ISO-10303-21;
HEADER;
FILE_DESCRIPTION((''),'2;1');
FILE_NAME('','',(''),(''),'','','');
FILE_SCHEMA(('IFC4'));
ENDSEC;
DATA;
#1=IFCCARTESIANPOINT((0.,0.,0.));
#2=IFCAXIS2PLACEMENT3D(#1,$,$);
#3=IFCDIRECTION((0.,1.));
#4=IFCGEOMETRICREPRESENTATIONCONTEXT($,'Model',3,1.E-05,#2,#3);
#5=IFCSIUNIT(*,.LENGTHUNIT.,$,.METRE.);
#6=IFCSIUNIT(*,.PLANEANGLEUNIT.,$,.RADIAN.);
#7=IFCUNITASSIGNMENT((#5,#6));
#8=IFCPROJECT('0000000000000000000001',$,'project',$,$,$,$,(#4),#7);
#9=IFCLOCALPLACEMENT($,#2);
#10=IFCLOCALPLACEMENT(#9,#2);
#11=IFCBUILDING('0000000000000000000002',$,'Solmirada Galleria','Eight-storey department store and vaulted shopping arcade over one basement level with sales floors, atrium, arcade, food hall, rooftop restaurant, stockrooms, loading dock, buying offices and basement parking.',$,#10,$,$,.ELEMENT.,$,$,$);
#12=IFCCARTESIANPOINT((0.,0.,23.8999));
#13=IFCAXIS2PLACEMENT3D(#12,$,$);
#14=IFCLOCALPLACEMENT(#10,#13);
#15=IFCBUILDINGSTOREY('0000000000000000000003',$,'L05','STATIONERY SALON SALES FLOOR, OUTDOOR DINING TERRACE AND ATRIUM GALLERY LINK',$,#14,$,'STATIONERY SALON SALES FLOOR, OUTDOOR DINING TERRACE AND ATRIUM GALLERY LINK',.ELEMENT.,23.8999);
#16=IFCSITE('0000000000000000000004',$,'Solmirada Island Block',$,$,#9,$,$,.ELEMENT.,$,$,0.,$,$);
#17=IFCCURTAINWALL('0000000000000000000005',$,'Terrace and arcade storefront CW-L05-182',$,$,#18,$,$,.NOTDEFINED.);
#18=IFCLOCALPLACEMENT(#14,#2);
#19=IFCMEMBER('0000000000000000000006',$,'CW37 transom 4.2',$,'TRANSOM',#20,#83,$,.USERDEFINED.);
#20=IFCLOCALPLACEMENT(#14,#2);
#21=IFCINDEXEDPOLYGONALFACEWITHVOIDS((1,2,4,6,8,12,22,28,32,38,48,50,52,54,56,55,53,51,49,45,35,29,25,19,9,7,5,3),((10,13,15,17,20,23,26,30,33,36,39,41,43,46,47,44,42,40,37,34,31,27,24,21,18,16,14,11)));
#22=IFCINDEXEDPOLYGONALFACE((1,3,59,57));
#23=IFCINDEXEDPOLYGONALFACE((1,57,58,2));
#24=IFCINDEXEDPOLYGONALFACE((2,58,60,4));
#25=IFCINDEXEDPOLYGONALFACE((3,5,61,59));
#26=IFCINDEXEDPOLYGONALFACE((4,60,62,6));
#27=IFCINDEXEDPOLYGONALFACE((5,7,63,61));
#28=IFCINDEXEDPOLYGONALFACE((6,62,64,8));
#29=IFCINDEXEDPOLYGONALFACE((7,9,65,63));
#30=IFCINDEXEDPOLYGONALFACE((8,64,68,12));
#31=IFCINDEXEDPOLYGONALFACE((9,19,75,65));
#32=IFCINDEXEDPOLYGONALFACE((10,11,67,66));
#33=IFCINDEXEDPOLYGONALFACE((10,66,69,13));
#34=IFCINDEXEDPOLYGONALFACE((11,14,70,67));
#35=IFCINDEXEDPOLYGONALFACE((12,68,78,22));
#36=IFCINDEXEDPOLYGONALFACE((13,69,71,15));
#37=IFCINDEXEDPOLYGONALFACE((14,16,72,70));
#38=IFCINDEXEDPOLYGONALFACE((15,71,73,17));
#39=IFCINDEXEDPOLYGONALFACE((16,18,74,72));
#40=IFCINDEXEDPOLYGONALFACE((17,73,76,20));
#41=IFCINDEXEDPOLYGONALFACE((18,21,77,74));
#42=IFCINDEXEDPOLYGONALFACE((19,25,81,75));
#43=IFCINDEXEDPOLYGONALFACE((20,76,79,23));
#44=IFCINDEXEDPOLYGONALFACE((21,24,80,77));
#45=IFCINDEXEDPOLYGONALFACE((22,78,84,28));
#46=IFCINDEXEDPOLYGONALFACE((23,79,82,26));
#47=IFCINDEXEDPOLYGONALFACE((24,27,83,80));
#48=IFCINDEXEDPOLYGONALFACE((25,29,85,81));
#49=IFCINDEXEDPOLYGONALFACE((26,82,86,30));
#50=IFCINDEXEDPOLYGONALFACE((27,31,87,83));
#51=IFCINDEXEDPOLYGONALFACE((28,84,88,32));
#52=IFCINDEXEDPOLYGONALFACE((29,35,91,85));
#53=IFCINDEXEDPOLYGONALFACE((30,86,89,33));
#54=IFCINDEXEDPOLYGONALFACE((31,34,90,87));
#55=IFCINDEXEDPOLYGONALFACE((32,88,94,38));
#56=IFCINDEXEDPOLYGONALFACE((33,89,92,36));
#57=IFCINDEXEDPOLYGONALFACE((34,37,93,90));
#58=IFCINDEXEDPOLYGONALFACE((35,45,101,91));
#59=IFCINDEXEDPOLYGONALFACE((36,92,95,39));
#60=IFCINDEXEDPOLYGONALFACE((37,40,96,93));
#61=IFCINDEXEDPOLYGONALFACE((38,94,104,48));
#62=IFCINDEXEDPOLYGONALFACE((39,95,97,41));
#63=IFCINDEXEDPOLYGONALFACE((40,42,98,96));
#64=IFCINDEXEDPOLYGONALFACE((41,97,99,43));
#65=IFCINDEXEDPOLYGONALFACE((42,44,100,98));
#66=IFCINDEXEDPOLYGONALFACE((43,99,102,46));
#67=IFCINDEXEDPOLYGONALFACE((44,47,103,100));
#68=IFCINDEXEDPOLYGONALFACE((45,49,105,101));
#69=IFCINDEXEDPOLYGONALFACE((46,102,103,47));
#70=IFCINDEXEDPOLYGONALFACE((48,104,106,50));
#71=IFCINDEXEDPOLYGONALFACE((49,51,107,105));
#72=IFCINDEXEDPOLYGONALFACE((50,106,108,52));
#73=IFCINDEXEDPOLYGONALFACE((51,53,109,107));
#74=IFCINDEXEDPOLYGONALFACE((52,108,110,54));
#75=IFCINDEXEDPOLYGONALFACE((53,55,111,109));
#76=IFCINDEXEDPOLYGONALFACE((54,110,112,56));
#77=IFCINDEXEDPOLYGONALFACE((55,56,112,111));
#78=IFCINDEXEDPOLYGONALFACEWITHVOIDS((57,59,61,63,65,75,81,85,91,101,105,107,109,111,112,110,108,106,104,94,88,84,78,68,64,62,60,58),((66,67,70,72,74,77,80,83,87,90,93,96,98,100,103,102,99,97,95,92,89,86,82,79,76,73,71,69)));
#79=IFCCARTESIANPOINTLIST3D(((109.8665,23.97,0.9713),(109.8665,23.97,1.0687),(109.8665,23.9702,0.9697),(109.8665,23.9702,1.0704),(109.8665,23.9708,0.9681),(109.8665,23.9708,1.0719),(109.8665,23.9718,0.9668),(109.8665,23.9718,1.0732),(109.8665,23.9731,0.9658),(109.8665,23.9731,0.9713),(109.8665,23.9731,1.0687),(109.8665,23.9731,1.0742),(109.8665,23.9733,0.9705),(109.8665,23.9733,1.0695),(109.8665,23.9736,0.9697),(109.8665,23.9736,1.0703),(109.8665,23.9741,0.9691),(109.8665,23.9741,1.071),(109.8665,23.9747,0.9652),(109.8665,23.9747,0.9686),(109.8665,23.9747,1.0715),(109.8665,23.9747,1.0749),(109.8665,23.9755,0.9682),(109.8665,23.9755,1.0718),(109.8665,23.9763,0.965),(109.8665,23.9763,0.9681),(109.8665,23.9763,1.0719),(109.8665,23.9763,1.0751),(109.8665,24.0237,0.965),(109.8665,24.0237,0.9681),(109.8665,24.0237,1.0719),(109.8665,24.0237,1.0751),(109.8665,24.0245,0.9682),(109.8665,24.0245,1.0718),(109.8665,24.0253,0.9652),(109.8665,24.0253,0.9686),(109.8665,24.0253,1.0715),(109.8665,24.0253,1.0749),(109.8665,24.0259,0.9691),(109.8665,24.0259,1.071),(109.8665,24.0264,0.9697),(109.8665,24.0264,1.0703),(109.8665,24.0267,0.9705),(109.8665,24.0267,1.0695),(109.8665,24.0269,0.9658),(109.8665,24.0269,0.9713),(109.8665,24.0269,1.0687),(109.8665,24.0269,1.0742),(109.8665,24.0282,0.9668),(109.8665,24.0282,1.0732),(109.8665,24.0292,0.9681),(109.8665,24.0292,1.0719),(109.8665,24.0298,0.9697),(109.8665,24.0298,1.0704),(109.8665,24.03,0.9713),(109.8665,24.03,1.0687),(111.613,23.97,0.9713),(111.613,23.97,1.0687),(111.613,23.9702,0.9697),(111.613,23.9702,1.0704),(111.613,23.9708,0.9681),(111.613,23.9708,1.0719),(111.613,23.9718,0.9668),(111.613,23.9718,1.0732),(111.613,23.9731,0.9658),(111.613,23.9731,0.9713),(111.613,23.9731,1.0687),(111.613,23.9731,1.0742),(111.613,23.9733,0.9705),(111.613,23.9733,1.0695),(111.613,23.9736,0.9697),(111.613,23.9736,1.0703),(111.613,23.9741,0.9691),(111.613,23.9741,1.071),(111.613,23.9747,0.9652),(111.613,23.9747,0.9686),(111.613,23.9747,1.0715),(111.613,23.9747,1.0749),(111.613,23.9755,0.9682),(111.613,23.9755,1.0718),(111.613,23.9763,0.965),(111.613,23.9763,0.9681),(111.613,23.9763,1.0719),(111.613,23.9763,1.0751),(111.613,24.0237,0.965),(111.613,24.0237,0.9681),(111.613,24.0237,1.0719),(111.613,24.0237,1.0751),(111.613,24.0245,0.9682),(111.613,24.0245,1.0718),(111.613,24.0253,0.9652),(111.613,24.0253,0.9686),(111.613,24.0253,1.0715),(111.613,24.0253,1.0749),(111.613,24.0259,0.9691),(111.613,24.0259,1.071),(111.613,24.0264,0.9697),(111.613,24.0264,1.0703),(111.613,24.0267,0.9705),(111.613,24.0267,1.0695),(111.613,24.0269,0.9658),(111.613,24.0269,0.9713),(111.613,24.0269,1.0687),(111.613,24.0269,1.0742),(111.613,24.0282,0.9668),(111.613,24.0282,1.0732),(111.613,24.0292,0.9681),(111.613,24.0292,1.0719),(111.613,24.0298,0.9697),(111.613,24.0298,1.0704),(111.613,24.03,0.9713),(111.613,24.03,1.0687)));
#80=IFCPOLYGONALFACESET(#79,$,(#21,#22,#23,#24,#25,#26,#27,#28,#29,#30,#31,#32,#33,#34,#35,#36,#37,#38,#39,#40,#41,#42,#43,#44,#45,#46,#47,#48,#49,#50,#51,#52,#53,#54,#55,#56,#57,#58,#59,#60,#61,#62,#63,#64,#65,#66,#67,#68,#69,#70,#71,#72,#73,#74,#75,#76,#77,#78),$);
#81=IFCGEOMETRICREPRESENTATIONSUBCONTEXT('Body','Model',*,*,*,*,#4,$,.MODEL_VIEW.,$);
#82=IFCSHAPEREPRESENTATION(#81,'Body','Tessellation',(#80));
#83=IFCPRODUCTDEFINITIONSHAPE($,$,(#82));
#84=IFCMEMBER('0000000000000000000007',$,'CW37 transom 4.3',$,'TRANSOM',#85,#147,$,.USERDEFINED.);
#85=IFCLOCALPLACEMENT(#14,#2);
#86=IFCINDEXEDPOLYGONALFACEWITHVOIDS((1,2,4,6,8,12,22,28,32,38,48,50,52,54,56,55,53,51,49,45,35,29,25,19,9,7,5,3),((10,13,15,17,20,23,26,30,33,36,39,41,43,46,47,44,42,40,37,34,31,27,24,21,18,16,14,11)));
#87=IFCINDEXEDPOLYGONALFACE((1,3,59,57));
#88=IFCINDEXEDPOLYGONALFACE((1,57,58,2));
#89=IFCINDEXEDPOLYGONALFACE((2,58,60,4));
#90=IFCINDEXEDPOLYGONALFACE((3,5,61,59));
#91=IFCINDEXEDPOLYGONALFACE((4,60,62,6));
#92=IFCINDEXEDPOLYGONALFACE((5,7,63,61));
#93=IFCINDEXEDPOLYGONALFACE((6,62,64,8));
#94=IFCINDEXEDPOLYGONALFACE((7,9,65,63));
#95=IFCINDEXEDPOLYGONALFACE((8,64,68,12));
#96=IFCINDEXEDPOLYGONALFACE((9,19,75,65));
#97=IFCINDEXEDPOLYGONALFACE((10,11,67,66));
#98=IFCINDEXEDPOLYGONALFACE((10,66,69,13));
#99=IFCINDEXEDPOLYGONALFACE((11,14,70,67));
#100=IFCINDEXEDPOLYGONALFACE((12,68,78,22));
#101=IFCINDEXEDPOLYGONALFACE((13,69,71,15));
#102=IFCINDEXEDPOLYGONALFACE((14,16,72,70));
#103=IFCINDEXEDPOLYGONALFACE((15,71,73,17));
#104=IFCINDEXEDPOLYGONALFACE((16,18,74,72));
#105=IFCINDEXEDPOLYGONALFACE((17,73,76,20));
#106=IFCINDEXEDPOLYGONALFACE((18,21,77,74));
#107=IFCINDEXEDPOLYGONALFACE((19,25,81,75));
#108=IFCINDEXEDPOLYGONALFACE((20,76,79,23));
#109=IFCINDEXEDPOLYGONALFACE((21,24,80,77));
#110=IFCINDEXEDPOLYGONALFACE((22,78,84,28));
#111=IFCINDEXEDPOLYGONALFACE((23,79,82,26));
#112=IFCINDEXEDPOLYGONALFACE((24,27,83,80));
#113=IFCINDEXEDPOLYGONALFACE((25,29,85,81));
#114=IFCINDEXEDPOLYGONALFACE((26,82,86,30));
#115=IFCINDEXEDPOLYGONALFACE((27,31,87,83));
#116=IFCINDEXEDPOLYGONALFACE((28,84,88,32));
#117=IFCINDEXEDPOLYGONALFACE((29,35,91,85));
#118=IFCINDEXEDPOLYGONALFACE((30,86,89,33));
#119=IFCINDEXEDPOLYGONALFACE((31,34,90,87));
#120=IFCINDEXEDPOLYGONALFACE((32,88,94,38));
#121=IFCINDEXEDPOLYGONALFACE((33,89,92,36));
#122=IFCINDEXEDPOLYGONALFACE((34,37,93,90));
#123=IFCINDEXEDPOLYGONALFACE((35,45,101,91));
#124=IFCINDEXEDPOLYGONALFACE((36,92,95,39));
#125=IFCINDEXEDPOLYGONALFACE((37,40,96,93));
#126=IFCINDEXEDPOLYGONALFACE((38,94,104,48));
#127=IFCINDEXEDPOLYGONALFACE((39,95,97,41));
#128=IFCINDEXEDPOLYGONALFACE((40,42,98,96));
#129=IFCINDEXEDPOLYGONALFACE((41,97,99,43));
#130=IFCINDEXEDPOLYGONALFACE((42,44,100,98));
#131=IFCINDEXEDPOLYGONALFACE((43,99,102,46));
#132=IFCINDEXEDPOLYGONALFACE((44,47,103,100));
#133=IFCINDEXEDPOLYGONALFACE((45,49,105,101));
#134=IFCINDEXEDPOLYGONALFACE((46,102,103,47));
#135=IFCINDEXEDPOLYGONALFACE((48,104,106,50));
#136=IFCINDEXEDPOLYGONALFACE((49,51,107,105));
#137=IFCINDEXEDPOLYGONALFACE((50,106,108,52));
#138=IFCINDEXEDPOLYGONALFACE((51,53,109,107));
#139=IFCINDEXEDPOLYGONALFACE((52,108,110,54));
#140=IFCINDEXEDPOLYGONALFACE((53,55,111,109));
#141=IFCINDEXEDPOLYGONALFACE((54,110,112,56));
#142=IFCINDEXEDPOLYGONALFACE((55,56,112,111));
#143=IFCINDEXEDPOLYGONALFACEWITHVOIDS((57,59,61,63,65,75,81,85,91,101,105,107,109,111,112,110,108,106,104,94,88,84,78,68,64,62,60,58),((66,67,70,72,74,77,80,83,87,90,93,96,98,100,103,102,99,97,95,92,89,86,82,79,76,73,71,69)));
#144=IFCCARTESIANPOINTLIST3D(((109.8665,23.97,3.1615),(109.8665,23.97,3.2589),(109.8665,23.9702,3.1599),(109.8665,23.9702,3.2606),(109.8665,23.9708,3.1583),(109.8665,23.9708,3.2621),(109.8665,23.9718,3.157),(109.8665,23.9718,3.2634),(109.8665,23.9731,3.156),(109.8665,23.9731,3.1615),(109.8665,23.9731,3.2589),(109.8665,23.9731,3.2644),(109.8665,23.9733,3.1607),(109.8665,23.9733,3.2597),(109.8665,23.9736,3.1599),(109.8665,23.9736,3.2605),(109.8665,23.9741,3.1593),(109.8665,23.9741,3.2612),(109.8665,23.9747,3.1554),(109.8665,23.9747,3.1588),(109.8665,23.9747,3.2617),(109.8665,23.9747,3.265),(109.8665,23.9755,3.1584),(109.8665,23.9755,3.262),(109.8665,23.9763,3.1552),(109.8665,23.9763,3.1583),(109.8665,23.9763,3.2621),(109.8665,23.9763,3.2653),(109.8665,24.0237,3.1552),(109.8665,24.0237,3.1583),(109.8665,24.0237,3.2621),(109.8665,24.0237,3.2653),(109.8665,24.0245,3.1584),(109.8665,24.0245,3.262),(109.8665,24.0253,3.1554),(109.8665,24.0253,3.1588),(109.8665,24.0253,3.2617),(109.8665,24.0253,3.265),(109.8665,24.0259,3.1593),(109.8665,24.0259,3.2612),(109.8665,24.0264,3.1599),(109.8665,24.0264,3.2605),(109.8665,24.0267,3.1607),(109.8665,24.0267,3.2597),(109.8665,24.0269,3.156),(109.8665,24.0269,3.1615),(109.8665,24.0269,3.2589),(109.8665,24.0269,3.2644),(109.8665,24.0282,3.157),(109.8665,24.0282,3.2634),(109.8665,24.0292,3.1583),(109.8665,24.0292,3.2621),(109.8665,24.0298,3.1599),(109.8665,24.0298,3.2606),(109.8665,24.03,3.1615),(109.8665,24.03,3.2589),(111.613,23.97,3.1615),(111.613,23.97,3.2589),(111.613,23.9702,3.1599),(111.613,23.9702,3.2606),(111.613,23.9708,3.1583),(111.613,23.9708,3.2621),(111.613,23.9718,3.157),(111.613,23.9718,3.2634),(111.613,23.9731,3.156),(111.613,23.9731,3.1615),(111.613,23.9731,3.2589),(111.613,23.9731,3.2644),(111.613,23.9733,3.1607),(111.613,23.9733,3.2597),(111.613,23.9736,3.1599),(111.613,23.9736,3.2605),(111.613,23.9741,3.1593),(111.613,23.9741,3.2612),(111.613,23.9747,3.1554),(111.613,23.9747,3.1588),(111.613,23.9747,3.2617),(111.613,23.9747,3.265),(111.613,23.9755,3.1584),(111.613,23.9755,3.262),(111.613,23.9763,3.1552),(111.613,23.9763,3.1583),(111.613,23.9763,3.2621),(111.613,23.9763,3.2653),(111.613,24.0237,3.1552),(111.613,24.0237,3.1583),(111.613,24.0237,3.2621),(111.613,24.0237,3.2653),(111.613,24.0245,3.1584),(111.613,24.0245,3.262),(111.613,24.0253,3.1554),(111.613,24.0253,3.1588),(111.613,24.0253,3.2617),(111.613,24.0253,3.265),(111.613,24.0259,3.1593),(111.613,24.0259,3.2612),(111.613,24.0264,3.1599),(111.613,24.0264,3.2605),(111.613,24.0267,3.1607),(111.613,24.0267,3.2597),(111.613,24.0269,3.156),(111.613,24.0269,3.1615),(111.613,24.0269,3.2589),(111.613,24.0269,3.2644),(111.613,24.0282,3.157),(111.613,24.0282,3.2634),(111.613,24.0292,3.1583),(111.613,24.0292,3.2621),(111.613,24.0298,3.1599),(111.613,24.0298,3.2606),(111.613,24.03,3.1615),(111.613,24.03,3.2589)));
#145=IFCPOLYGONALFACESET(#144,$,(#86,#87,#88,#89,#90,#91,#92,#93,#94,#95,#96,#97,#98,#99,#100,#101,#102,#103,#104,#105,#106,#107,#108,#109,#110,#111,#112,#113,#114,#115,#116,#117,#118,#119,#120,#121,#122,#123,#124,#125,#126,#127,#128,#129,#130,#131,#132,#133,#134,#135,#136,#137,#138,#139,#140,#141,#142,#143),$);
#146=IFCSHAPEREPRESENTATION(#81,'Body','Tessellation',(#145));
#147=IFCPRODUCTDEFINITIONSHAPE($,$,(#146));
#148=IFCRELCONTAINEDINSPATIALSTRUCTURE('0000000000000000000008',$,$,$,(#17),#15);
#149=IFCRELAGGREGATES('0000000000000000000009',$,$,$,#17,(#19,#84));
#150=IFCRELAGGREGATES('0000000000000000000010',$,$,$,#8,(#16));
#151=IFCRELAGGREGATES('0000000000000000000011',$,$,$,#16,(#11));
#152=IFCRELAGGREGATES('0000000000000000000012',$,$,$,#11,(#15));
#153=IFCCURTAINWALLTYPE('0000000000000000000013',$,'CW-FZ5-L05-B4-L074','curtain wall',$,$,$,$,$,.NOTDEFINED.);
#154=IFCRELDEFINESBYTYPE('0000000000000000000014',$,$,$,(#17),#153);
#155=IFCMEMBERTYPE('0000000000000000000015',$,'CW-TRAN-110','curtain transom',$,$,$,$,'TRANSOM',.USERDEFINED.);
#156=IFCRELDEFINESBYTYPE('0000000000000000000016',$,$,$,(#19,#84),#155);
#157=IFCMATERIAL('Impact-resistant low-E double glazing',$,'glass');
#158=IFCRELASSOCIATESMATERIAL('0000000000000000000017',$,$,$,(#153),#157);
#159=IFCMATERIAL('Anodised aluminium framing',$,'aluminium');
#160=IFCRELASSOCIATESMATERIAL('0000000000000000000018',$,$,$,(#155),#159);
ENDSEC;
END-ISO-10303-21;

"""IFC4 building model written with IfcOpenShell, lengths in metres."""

from ifc_helpers import new_model, si_unit, direction, frame, origin, origin_2d, place, context, subcontext, project, spatial, hollow_rectangle, extrude, material, material_profile, profile_set, type_object, element, aggregate, save


model = new_model("IFC4")

# Units and contexts
model_context = context("Model", 3, precision=1e-05, world=origin(), true_north=direction((0.0, 1.0)))
body_context = subcontext(model_context, "Body", "Model", "MODEL_VIEW")
ifc_project = project(units=[si_unit("LENGTHUNIT", "METRE"), si_unit("PLANEANGLEUNIT", "RADIAN")], contexts=[model_context])

# Site, building, storey
site_placement = place(None, origin())
site = spatial("IfcSite", under=ifc_project, at=site_placement, Name="Solmirada Island Block", CompositionType="ELEMENT", RefElevation=0.0)
building_placement = place(site_placement, origin())
building = spatial("IfcBuilding", under=site, at=building_placement, Name="Solmirada Galleria", Description="Eight-storey department store and vaulted shopping arcade over one basement level with sales floors, atrium, arcade, food hall, rooftop restaurant, stockrooms, loading dock, buying offices and basement parking.", CompositionType="ELEMENT")
storey_placement = place(building_placement, frame((0.0, 0.0, 23.8999)))
storey = spatial("IfcBuildingStorey", under=building, at=storey_placement, Name="L05", Description="STATIONERY SALON SALES FLOOR, OUTDOOR DINING TERRACE AND ATRIUM GALLERY LINK", LongName="STATIONERY SALON SALES FLOOR, OUTDOOR DINING TERRACE AND ATRIUM GALLERY LINK", CompositionType="ELEMENT", Elevation=23.8999)

# Curtain wall, members
ifc_material_1 = material(Name="Impact-resistant low-E double glazing", Category="glass")
curtain_wall_type = type_object("IfcCurtainWallType", Name="CW-FZ5-L05-B4-L074", Description="curtain wall", PredefinedType="NOTDEFINED", material=ifc_material_1)
curtain_wall_placement = place(storey_placement, origin())
curtain_wall = element("IfcCurtainWall", 1, at=curtain_wall_placement, inside=storey, type_object=curtain_wall_type, Name="Terrace and arcade storefront CW-L05-182", PredefinedType="NOTDEFINED")
ifc_material_2 = material(Name="Anodised aluminium framing", Category="aluminium")
ifc_material_profile_1 = material_profile(ifc_material_2, hollow_rectangle(XDim=0.0601, YDim=0.1101, WallThickness=0.0032, InnerFilletRadius=0.0032, OuterFilletRadius=0.0063, at=origin_2d()), Name="ALU-TRAN-110X60")
ifc_profile_set_1 = profile_set([ifc_material_profile_1], Name="Anodised aluminium framing")
member_type_1 = type_object("IfcMemberType", Name="CW-TRAN-110", Description="curtain transom", ElementType="TRANSOM", PredefinedType="USERDEFINED", material=ifc_profile_set_1)
member_1_placement = place(storey_placement, frame((109.8665, 24.0, 1.02), z_axis=(1.0, 0.0, 0.0), x_axis=(0.0, 1.0, 0.0)))
member_1 = element("IfcMember", 2, at=member_1_placement, type_object=member_type_1, Name="CW37 transom 4.2", ObjectType="TRANSOM", PredefinedType="USERDEFINED", context=body_context, shape_type="SweptSolid", body=[
    extrude(hollow_rectangle(XDim=0.0601, YDim=0.1101, WallThickness=0.0032, InnerFilletRadius=0.0032, OuterFilletRadius=0.0063, at=origin_2d()), origin(), (0.0, 0.0, 1.0), 1.7466),
])
member_2_placement = place(storey_placement, frame((109.8665, 24.0, 3.2102), z_axis=(1.0, 0.0, 0.0), x_axis=(0.0, 1.0, 0.0)))
member_2 = element("IfcMember", 3, at=member_2_placement, type_object=member_type_1, Name="CW37 transom 4.3", ObjectType="TRANSOM", PredefinedType="USERDEFINED", context=body_context, shape_type="SweptSolid", body=[
    extrude(hollow_rectangle(XDim=0.0601, YDim=0.1101, WallThickness=0.0032, InnerFilletRadius=0.0032, OuterFilletRadius=0.0063, at=origin_2d()), origin(), (0.0, 0.0, 1.0), 1.7466),
])
aggregate(curtain_wall, [member_1, member_2])

save(model, "model.ifc")
